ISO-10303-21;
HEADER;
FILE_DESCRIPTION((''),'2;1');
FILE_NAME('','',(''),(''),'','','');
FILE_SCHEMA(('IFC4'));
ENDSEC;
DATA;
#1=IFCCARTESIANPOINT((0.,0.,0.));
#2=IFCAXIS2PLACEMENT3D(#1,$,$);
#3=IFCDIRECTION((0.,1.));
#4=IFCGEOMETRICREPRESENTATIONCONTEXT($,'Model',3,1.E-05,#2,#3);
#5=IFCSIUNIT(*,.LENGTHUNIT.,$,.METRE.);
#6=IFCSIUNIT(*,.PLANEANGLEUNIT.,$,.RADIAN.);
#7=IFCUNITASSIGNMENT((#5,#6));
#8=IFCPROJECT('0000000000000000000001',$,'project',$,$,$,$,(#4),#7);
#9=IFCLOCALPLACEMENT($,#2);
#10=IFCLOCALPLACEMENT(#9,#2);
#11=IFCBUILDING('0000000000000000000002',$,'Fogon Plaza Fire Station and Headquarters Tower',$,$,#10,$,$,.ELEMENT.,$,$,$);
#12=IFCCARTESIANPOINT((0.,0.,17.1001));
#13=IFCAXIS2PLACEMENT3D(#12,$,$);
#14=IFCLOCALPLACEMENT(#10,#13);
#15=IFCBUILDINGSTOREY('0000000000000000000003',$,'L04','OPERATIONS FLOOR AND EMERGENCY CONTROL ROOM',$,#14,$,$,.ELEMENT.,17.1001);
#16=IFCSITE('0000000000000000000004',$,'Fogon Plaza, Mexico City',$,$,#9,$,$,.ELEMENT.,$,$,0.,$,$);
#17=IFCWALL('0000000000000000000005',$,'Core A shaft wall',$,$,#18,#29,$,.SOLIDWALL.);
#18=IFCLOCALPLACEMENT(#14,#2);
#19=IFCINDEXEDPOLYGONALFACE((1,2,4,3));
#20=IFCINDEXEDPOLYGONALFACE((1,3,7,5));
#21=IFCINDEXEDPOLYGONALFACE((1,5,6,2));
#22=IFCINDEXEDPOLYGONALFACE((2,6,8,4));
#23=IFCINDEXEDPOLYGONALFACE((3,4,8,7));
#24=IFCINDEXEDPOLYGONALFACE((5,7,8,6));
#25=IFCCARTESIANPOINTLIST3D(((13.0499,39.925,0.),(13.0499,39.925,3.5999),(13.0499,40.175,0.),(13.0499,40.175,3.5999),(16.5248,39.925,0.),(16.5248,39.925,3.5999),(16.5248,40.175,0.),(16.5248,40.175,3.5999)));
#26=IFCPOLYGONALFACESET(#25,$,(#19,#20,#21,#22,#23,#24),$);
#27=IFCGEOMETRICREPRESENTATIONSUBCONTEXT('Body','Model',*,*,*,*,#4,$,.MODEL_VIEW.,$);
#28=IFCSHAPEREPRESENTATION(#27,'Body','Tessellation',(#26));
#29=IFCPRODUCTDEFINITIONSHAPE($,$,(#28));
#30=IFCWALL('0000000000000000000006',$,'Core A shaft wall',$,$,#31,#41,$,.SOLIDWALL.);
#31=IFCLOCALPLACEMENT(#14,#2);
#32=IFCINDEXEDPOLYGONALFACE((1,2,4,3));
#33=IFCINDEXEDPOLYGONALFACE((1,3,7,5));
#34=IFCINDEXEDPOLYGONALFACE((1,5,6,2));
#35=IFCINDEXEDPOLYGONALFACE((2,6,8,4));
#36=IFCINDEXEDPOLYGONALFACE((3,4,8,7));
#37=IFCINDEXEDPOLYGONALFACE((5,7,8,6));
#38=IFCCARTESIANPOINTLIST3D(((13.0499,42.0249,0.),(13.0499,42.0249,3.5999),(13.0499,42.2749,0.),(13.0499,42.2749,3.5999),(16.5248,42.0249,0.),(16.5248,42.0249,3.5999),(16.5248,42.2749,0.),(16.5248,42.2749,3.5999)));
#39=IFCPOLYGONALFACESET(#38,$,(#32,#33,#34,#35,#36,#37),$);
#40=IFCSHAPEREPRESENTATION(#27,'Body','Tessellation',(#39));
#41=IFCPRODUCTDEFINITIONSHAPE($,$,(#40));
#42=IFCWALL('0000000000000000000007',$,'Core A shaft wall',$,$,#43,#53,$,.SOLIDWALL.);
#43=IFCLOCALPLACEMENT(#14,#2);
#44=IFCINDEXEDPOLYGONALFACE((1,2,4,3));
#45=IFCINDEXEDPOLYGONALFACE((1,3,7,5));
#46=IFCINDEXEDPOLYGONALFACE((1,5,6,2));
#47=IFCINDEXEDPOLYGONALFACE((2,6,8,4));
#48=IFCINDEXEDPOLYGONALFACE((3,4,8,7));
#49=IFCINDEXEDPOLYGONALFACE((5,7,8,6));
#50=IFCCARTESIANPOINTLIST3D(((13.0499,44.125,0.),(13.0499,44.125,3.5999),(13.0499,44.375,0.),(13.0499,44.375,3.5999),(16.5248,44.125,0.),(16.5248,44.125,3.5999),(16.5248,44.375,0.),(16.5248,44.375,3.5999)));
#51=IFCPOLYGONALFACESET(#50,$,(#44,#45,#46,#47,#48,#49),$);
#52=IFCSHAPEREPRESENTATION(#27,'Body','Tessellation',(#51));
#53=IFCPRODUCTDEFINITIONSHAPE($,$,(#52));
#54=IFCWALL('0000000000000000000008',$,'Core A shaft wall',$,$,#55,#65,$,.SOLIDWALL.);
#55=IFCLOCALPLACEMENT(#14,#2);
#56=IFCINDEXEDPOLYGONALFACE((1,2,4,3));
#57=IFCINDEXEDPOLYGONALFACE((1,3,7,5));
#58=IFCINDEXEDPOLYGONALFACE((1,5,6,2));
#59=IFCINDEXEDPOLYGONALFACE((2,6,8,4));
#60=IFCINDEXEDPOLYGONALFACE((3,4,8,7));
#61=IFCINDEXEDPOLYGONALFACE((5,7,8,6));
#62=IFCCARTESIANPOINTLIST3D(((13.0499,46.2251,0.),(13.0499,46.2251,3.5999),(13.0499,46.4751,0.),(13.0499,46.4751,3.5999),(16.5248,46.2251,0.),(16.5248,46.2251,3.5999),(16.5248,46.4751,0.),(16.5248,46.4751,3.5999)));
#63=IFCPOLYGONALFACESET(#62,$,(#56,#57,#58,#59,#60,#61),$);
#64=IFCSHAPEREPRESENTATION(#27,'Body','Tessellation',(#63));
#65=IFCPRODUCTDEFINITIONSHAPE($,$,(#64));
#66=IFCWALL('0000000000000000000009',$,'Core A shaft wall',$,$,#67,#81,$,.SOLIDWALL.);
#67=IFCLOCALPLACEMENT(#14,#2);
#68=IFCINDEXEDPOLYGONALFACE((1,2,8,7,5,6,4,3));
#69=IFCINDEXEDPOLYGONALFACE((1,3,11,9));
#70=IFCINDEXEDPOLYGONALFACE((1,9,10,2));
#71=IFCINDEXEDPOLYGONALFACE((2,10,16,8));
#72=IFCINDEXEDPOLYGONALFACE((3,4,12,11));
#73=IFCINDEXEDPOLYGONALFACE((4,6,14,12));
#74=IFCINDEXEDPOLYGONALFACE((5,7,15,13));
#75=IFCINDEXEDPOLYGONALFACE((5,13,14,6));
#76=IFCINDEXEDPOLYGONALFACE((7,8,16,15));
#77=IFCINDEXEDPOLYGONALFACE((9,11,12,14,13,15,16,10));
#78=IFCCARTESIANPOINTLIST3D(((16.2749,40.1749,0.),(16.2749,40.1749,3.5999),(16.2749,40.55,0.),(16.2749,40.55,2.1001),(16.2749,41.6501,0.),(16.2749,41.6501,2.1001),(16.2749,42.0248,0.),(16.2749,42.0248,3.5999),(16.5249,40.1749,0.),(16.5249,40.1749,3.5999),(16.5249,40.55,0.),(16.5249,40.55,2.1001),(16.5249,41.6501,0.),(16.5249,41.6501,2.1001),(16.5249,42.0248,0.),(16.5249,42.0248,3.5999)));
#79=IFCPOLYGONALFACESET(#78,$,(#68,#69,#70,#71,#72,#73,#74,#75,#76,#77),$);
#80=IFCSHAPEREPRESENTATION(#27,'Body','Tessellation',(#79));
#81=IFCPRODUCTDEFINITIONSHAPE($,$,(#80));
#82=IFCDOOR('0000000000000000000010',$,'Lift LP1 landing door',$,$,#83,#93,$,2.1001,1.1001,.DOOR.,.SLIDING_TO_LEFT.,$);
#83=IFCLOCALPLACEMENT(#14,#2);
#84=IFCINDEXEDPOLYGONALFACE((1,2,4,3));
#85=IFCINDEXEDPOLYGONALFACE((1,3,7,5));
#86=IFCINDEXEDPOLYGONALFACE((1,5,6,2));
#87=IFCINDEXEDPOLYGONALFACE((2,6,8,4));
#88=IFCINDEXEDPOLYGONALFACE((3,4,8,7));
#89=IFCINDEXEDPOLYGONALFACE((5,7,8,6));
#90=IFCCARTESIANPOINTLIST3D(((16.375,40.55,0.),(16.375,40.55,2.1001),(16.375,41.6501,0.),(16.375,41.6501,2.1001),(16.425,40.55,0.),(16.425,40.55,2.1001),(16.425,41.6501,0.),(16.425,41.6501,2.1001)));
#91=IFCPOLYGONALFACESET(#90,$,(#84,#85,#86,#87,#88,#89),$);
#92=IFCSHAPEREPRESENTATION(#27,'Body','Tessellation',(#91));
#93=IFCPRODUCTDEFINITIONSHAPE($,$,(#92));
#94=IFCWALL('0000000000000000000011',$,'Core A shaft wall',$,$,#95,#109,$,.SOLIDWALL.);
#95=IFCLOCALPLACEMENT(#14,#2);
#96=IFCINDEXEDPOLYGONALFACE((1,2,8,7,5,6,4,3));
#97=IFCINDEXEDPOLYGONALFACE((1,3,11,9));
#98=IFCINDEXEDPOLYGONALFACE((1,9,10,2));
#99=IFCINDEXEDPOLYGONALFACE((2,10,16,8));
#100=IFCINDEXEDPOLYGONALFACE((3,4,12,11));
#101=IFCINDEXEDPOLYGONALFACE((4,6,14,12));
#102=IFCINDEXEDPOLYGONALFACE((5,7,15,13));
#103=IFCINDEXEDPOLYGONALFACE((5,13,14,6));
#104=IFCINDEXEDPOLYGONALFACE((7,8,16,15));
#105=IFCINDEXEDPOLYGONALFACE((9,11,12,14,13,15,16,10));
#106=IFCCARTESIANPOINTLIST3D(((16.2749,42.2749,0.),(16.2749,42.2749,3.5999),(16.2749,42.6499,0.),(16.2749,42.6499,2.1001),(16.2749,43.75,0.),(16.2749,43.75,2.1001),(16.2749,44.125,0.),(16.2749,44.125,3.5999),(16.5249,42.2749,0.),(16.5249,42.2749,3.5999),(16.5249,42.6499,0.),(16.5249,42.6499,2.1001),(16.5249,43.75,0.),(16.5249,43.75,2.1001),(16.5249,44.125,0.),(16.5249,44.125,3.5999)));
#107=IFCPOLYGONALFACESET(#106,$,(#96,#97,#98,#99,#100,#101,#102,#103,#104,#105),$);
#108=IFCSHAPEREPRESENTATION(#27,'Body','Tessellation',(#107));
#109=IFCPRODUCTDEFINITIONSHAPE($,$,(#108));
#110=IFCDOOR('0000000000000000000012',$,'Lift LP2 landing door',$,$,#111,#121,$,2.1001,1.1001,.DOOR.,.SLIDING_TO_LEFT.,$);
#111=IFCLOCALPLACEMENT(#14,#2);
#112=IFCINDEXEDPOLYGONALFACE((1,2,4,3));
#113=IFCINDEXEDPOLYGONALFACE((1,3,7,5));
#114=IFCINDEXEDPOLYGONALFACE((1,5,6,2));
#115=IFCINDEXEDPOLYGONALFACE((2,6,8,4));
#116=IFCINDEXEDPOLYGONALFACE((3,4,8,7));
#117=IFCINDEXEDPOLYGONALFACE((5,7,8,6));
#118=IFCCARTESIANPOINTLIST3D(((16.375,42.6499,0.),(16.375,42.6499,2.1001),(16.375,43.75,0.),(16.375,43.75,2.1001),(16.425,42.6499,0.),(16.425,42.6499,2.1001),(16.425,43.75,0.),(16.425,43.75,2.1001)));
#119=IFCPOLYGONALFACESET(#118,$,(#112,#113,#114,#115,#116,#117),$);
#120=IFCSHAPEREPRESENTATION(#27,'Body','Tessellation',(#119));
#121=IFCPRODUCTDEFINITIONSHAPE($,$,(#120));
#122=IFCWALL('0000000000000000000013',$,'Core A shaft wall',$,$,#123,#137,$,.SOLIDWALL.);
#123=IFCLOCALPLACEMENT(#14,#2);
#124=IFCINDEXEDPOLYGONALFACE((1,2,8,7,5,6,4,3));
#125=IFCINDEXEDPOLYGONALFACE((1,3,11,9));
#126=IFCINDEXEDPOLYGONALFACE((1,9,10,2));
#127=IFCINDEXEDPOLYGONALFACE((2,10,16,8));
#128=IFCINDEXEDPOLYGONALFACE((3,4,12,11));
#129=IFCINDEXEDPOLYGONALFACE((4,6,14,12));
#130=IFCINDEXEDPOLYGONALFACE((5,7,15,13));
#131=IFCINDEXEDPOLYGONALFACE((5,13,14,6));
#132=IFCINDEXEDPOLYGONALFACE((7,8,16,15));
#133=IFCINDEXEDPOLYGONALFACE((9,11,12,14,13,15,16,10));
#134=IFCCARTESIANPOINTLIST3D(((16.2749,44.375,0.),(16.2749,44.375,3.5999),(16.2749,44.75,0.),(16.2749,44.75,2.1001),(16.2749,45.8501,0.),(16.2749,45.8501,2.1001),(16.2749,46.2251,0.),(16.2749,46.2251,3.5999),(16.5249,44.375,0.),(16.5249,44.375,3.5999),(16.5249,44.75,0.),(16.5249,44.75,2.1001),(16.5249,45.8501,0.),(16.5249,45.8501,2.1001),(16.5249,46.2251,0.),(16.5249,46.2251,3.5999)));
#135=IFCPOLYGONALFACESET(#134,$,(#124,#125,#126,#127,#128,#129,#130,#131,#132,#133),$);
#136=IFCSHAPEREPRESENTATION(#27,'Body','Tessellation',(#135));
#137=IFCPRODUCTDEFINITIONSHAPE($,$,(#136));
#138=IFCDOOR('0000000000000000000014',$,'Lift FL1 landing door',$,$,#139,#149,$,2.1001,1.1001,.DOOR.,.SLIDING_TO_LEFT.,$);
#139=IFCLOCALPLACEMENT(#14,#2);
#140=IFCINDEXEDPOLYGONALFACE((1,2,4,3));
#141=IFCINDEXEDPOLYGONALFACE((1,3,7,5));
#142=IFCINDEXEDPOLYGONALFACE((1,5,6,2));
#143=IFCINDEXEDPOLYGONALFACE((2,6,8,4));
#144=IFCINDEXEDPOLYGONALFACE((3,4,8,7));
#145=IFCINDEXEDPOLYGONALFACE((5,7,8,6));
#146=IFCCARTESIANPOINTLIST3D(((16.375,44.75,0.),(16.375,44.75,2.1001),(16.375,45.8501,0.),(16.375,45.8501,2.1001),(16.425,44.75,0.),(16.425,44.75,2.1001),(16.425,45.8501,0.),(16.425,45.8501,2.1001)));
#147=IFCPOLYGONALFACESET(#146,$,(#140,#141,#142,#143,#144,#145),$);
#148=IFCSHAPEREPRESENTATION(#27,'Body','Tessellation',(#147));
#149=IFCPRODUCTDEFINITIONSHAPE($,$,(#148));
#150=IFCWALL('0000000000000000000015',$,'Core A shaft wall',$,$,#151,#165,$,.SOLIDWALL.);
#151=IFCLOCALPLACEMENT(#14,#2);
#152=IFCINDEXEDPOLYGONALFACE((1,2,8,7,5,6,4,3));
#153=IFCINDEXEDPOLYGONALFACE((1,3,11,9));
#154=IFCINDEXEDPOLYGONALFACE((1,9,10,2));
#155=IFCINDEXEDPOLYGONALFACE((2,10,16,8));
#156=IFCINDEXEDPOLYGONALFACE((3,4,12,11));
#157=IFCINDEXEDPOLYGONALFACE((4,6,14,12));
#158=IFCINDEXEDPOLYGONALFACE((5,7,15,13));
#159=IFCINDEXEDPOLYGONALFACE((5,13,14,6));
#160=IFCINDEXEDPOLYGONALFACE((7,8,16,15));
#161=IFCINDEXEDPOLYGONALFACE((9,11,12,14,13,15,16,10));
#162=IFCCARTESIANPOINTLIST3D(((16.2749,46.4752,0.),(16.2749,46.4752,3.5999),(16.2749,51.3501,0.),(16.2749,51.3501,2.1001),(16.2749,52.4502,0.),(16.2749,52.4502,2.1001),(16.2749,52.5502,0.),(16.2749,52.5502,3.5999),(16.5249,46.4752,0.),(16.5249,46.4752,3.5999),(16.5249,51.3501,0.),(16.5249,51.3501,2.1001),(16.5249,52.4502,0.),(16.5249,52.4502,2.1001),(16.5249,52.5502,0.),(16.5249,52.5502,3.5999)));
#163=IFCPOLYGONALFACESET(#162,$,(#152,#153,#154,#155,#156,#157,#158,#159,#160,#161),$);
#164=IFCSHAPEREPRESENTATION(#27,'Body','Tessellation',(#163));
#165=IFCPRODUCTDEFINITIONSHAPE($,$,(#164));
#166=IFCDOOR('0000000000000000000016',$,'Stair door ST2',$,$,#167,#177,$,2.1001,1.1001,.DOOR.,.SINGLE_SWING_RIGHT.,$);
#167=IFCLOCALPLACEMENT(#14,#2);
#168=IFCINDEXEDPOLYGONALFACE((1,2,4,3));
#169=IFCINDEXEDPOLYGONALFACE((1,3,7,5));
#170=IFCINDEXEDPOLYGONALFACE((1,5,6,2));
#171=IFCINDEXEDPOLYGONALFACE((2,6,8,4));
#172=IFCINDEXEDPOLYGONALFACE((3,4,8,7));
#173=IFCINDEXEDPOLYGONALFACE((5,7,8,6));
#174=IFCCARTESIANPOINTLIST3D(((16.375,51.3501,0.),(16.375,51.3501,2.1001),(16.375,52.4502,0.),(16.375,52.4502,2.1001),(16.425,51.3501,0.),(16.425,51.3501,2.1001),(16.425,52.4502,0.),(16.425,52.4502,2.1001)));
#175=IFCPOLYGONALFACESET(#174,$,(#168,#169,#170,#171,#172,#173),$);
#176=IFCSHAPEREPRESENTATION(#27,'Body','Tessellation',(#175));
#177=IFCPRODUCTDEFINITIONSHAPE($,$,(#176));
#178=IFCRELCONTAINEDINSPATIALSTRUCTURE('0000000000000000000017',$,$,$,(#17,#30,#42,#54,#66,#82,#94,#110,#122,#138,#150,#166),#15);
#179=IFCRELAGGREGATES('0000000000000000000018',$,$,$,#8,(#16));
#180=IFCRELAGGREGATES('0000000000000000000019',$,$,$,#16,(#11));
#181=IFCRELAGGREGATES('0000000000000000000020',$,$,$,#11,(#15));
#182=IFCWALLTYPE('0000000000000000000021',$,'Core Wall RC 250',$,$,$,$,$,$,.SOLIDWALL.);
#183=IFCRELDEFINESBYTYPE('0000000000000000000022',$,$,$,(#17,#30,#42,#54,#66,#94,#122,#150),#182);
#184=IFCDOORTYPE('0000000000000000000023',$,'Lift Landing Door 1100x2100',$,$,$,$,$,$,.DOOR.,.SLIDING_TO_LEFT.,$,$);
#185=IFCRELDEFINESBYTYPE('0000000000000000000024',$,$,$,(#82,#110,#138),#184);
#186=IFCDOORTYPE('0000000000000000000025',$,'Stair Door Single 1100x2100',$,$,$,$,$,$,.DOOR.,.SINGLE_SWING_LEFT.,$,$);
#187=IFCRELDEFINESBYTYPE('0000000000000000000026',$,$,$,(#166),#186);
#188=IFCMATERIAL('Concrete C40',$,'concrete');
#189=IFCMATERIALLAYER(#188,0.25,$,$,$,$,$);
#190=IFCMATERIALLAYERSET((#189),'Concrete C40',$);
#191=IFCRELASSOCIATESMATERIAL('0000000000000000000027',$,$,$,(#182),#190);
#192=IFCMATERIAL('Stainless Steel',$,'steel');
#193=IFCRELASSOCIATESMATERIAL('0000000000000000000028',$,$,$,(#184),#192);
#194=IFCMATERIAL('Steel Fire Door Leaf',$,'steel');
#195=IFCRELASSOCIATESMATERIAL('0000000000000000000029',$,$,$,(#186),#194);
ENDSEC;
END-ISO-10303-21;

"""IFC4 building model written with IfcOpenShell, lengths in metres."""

from ifc_helpers import new_model, si_unit, direction, frame, frame_2d, origin, place, context, subcontext, project, spatial, rectangle, extrude, material, layer, layer_set, type_object, element, fill, save


model = new_model("IFC4")

# Units and contexts
model_context = context("Model", 3, precision=1e-05, world=origin(), true_north=direction((0.0, 1.0)))
body_context = subcontext(model_context, "Body", "Model", "MODEL_VIEW")
ifc_project = project(units=[si_unit("LENGTHUNIT", "METRE"), si_unit("PLANEANGLEUNIT", "RADIAN")], contexts=[model_context])

# Site, building, storey
site_placement = place(None, origin())
site = spatial("IfcSite", under=ifc_project, at=site_placement, Name="Fogon Plaza, Mexico City", CompositionType="ELEMENT", RefElevation=0.0)
building_placement = place(site_placement, origin())
building = spatial("IfcBuilding", under=site, at=building_placement, Name="Fogon Plaza Fire Station and Headquarters Tower", CompositionType="ELEMENT")
storey_placement = place(building_placement, frame((0.0, 0.0, 17.1001)))
storey = spatial("IfcBuildingStorey", under=building, at=storey_placement, Name="L04", Description="OPERATIONS FLOOR AND EMERGENCY CONTROL ROOM", CompositionType="ELEMENT", Elevation=17.1001)

# Walls
ifc_material_1 = material(Name="Concrete C40", Category="concrete")
ifc_layer = layer(ifc_material_1, 0.25)
ifc_layer_set = layer_set([ifc_layer], Name="Concrete C40")
wall_type = type_object("IfcWallType", Name="Core Wall RC 250", PredefinedType="SOLIDWALL", material=ifc_layer_set)
for number, where, z_axis, x_axis, name in (
    (1, (13.05, 40.05, 0.0), (0.0, 0.0, 1.0), (1.0, 0.0, 0.0), "Core A shaft wall"),
    (2, (13.05, 42.1499, 0.0), (0.0, 0.0, 1.0), (1.0, 0.0, 0.0), "Core A shaft wall"),
    (3, (13.05, 44.25, 0.0), (0.0, 0.0, 1.0), (1.0, 0.0, 0.0), "Core A shaft wall"),
    (4, (13.05, 46.3501, 0.0), (0.0, 0.0, 1.0), (1.0, 0.0, 0.0), "Core A shaft wall"),
):
    element("IfcWall", number, at=place(storey_placement, frame(where, z_axis=z_axis, x_axis=x_axis)), inside=storey, type_object=wall_type, Name=name, PredefinedType="SOLIDWALL", context=body_context, shape_type="SweptSolid", body=[
        extrude(rectangle(XDim=3.4749, YDim=0.25, at=frame_2d((1.7373, 0.0))), origin(), (0.0, 0.0, 1.0), 3.5999),
    ])

# Walls, openings, doors
wall_1_placement = place(storey_placement, frame((16.3999, 40.175, 0.0), z_axis=(0.0, 0.0, 1.0), x_axis=(0.0, 1.0, 0.0)))
wall_1 = element("IfcWall", 5, at=wall_1_placement, inside=storey, type_object=wall_type, Name="Core A shaft wall", PredefinedType="SOLIDWALL", context=body_context, shape_type="SweptSolid", body=[
    extrude(rectangle(XDim=1.8499, YDim=0.25, at=frame_2d((0.9248, 0.0))), origin(), (0.0, 0.0, 1.0), 3.5999),
])
opening_1_placement = place(wall_1_placement, frame((0.375, 0.0, 0.0)))
opening_1 = element("IfcOpeningElement", 6, at=opening_1_placement, cuts=wall_1, PredefinedType="OPENING", context=body_context, shape_type="SweptSolid", body=[
    extrude(rectangle(XDim=1.1001, YDim=2.1001, at=frame_2d((0.55, 1.05))), frame((0.0, 0.135, 0.0), z_axis=(0.0, -1.0, 0.0), x_axis=(1.0, 0.0, 0.0)), (0.0, 0.0, 1.0), 0.27),
])
ifc_material_2 = material(Name="Stainless Steel", Category="steel")
door_type_1 = type_object("IfcDoorType", Name="Lift Landing Door 1100x2100", OperationType="SLIDING_TO_LEFT", PredefinedType="DOOR", material=ifc_material_2)
door_1_placement = place(opening_1_placement, origin())
door_1 = element("IfcDoor", 7, at=door_1_placement, inside=storey, type_object=door_type_1, Name="Lift LP1 landing door", OperationType="SLIDING_TO_LEFT", OverallHeight=2.1001, OverallWidth=1.1001, PredefinedType="DOOR", context=body_context, shape_type="SweptSolid", body=[
    extrude(rectangle(XDim=1.1001, YDim=2.1001, at=frame_2d((0.55, 1.05))), frame((0.0, 0.0249, 0.0), z_axis=(0.0, -1.0, 0.0), x_axis=(1.0, 0.0, 0.0)), (0.0, 0.0, 1.0), 0.05),
])
fill(opening_1, door_1)
wall_2_placement = place(storey_placement, frame((16.3999, 42.2749, 0.0), z_axis=(0.0, 0.0, 1.0), x_axis=(0.0, 1.0, 0.0)))
wall_2 = element("IfcWall", 8, at=wall_2_placement, inside=storey, type_object=wall_type, Name="Core A shaft wall", PredefinedType="SOLIDWALL", context=body_context, shape_type="SweptSolid", body=[
    extrude(rectangle(XDim=1.8501, YDim=0.25, at=frame_2d((0.925, 0.0))), origin(), (0.0, 0.0, 1.0), 3.5999),
])
opening_2_placement = place(wall_2_placement, frame((0.375, 0.0, 0.0)))
opening_2 = element("IfcOpeningElement", 9, at=opening_2_placement, cuts=wall_2, PredefinedType="OPENING", context=body_context, shape_type="SweptSolid", body=[
    extrude(rectangle(XDim=1.1001, YDim=2.1001, at=frame_2d((0.55, 1.05))), frame((0.0, 0.135, 0.0), z_axis=(0.0, -1.0, 0.0), x_axis=(1.0, 0.0, 0.0)), (0.0, 0.0, 1.0), 0.27),
])
door_2_placement = place(opening_2_placement, origin())
door_2 = element("IfcDoor", 10, at=door_2_placement, inside=storey, type_object=door_type_1, Name="Lift LP2 landing door", OperationType="SLIDING_TO_LEFT", OverallHeight=2.1001, OverallWidth=1.1001, PredefinedType="DOOR", context=body_context, shape_type="SweptSolid", body=[
    extrude(rectangle(XDim=1.1001, YDim=2.1001, at=frame_2d((0.55, 1.05))), frame((0.0, 0.0249, 0.0), z_axis=(0.0, -1.0, 0.0), x_axis=(1.0, 0.0, 0.0)), (0.0, 0.0, 1.0), 0.05),
])
fill(opening_2, door_2)
wall_3_placement = place(storey_placement, frame((16.3999, 44.375, 0.0), z_axis=(0.0, 0.0, 1.0), x_axis=(0.0, 1.0, 0.0)))
wall_3 = element("IfcWall", 11, at=wall_3_placement, inside=storey, type_object=wall_type, Name="Core A shaft wall", PredefinedType="SOLIDWALL", context=body_context, shape_type="SweptSolid", body=[
    extrude(rectangle(XDim=1.8501, YDim=0.25, at=frame_2d((0.925, 0.0))), origin(), (0.0, 0.0, 1.0), 3.5999),
])
opening_3_placement = place(wall_3_placement, frame((0.375, 0.0, 0.0)))
opening_3 = element("IfcOpeningElement", 12, at=opening_3_placement, cuts=wall_3, PredefinedType="OPENING", context=body_context, shape_type="SweptSolid", body=[
    extrude(rectangle(XDim=1.1001, YDim=2.1001, at=frame_2d((0.55, 1.05))), frame((0.0, 0.135, 0.0), z_axis=(0.0, -1.0, 0.0), x_axis=(1.0, 0.0, 0.0)), (0.0, 0.0, 1.0), 0.27),
])
door_3_placement = place(opening_3_placement, origin())
door_3 = element("IfcDoor", 13, at=door_3_placement, inside=storey, type_object=door_type_1, Name="Lift FL1 landing door", OperationType="SLIDING_TO_LEFT", OverallHeight=2.1001, OverallWidth=1.1001, PredefinedType="DOOR", context=body_context, shape_type="SweptSolid", body=[
    extrude(rectangle(XDim=1.1001, YDim=2.1001, at=frame_2d((0.55, 1.05))), frame((0.0, 0.0249, 0.0), z_axis=(0.0, -1.0, 0.0), x_axis=(1.0, 0.0, 0.0)), (0.0, 0.0, 1.0), 0.05),
])
fill(opening_3, door_3)
wall_4_placement = place(storey_placement, frame((16.3999, 46.4751, 0.0), z_axis=(0.0, 0.0, 1.0), x_axis=(0.0, 1.0, 0.0)))
wall_4 = element("IfcWall", 14, at=wall_4_placement, inside=storey, type_object=wall_type, Name="Core A shaft wall", PredefinedType="SOLIDWALL", context=body_context, shape_type="SweptSolid", body=[
    extrude(rectangle(XDim=6.075, YDim=0.25, at=frame_2d((3.0376, 0.0))), origin(), (0.0, 0.0, 1.0), 3.5999),
])
opening_4_placement = place(wall_4_placement, frame((4.875, 0.0, 0.0)))
opening_4 = element("IfcOpeningElement", 15, at=opening_4_placement, cuts=wall_4, PredefinedType="OPENING", context=body_context, shape_type="SweptSolid", body=[
    extrude(rectangle(XDim=1.1001, YDim=2.1001, at=frame_2d((0.55, 1.05))), frame((0.0, 0.135, 0.0), z_axis=(0.0, -1.0, 0.0), x_axis=(1.0, 0.0, 0.0)), (0.0, 0.0, 1.0), 0.27),
])
ifc_material_3 = material(Name="Steel Fire Door Leaf", Category="steel")
door_type_2 = type_object("IfcDoorType", Name="Stair Door Single 1100x2100", OperationType="SINGLE_SWING_LEFT", PredefinedType="DOOR", material=ifc_material_3)
door_4_placement = place(opening_4_placement, origin())
door_4 = element("IfcDoor", 16, at=door_4_placement, inside=storey, type_object=door_type_2, Name="Stair door ST2", OperationType="SINGLE_SWING_RIGHT", OverallHeight=2.1001, OverallWidth=1.1001, PredefinedType="DOOR", context=body_context, shape_type="SweptSolid", body=[
    extrude(rectangle(XDim=1.1001, YDim=2.1001, at=frame_2d((0.55, 1.05))), frame((0.0, 0.0249, 0.0), z_axis=(0.0, -1.0, 0.0), x_axis=(1.0, 0.0, 0.0)), (0.0, 0.0, 1.0), 0.05),
])
fill(opening_4, door_4)

save(model, "model.ifc")
